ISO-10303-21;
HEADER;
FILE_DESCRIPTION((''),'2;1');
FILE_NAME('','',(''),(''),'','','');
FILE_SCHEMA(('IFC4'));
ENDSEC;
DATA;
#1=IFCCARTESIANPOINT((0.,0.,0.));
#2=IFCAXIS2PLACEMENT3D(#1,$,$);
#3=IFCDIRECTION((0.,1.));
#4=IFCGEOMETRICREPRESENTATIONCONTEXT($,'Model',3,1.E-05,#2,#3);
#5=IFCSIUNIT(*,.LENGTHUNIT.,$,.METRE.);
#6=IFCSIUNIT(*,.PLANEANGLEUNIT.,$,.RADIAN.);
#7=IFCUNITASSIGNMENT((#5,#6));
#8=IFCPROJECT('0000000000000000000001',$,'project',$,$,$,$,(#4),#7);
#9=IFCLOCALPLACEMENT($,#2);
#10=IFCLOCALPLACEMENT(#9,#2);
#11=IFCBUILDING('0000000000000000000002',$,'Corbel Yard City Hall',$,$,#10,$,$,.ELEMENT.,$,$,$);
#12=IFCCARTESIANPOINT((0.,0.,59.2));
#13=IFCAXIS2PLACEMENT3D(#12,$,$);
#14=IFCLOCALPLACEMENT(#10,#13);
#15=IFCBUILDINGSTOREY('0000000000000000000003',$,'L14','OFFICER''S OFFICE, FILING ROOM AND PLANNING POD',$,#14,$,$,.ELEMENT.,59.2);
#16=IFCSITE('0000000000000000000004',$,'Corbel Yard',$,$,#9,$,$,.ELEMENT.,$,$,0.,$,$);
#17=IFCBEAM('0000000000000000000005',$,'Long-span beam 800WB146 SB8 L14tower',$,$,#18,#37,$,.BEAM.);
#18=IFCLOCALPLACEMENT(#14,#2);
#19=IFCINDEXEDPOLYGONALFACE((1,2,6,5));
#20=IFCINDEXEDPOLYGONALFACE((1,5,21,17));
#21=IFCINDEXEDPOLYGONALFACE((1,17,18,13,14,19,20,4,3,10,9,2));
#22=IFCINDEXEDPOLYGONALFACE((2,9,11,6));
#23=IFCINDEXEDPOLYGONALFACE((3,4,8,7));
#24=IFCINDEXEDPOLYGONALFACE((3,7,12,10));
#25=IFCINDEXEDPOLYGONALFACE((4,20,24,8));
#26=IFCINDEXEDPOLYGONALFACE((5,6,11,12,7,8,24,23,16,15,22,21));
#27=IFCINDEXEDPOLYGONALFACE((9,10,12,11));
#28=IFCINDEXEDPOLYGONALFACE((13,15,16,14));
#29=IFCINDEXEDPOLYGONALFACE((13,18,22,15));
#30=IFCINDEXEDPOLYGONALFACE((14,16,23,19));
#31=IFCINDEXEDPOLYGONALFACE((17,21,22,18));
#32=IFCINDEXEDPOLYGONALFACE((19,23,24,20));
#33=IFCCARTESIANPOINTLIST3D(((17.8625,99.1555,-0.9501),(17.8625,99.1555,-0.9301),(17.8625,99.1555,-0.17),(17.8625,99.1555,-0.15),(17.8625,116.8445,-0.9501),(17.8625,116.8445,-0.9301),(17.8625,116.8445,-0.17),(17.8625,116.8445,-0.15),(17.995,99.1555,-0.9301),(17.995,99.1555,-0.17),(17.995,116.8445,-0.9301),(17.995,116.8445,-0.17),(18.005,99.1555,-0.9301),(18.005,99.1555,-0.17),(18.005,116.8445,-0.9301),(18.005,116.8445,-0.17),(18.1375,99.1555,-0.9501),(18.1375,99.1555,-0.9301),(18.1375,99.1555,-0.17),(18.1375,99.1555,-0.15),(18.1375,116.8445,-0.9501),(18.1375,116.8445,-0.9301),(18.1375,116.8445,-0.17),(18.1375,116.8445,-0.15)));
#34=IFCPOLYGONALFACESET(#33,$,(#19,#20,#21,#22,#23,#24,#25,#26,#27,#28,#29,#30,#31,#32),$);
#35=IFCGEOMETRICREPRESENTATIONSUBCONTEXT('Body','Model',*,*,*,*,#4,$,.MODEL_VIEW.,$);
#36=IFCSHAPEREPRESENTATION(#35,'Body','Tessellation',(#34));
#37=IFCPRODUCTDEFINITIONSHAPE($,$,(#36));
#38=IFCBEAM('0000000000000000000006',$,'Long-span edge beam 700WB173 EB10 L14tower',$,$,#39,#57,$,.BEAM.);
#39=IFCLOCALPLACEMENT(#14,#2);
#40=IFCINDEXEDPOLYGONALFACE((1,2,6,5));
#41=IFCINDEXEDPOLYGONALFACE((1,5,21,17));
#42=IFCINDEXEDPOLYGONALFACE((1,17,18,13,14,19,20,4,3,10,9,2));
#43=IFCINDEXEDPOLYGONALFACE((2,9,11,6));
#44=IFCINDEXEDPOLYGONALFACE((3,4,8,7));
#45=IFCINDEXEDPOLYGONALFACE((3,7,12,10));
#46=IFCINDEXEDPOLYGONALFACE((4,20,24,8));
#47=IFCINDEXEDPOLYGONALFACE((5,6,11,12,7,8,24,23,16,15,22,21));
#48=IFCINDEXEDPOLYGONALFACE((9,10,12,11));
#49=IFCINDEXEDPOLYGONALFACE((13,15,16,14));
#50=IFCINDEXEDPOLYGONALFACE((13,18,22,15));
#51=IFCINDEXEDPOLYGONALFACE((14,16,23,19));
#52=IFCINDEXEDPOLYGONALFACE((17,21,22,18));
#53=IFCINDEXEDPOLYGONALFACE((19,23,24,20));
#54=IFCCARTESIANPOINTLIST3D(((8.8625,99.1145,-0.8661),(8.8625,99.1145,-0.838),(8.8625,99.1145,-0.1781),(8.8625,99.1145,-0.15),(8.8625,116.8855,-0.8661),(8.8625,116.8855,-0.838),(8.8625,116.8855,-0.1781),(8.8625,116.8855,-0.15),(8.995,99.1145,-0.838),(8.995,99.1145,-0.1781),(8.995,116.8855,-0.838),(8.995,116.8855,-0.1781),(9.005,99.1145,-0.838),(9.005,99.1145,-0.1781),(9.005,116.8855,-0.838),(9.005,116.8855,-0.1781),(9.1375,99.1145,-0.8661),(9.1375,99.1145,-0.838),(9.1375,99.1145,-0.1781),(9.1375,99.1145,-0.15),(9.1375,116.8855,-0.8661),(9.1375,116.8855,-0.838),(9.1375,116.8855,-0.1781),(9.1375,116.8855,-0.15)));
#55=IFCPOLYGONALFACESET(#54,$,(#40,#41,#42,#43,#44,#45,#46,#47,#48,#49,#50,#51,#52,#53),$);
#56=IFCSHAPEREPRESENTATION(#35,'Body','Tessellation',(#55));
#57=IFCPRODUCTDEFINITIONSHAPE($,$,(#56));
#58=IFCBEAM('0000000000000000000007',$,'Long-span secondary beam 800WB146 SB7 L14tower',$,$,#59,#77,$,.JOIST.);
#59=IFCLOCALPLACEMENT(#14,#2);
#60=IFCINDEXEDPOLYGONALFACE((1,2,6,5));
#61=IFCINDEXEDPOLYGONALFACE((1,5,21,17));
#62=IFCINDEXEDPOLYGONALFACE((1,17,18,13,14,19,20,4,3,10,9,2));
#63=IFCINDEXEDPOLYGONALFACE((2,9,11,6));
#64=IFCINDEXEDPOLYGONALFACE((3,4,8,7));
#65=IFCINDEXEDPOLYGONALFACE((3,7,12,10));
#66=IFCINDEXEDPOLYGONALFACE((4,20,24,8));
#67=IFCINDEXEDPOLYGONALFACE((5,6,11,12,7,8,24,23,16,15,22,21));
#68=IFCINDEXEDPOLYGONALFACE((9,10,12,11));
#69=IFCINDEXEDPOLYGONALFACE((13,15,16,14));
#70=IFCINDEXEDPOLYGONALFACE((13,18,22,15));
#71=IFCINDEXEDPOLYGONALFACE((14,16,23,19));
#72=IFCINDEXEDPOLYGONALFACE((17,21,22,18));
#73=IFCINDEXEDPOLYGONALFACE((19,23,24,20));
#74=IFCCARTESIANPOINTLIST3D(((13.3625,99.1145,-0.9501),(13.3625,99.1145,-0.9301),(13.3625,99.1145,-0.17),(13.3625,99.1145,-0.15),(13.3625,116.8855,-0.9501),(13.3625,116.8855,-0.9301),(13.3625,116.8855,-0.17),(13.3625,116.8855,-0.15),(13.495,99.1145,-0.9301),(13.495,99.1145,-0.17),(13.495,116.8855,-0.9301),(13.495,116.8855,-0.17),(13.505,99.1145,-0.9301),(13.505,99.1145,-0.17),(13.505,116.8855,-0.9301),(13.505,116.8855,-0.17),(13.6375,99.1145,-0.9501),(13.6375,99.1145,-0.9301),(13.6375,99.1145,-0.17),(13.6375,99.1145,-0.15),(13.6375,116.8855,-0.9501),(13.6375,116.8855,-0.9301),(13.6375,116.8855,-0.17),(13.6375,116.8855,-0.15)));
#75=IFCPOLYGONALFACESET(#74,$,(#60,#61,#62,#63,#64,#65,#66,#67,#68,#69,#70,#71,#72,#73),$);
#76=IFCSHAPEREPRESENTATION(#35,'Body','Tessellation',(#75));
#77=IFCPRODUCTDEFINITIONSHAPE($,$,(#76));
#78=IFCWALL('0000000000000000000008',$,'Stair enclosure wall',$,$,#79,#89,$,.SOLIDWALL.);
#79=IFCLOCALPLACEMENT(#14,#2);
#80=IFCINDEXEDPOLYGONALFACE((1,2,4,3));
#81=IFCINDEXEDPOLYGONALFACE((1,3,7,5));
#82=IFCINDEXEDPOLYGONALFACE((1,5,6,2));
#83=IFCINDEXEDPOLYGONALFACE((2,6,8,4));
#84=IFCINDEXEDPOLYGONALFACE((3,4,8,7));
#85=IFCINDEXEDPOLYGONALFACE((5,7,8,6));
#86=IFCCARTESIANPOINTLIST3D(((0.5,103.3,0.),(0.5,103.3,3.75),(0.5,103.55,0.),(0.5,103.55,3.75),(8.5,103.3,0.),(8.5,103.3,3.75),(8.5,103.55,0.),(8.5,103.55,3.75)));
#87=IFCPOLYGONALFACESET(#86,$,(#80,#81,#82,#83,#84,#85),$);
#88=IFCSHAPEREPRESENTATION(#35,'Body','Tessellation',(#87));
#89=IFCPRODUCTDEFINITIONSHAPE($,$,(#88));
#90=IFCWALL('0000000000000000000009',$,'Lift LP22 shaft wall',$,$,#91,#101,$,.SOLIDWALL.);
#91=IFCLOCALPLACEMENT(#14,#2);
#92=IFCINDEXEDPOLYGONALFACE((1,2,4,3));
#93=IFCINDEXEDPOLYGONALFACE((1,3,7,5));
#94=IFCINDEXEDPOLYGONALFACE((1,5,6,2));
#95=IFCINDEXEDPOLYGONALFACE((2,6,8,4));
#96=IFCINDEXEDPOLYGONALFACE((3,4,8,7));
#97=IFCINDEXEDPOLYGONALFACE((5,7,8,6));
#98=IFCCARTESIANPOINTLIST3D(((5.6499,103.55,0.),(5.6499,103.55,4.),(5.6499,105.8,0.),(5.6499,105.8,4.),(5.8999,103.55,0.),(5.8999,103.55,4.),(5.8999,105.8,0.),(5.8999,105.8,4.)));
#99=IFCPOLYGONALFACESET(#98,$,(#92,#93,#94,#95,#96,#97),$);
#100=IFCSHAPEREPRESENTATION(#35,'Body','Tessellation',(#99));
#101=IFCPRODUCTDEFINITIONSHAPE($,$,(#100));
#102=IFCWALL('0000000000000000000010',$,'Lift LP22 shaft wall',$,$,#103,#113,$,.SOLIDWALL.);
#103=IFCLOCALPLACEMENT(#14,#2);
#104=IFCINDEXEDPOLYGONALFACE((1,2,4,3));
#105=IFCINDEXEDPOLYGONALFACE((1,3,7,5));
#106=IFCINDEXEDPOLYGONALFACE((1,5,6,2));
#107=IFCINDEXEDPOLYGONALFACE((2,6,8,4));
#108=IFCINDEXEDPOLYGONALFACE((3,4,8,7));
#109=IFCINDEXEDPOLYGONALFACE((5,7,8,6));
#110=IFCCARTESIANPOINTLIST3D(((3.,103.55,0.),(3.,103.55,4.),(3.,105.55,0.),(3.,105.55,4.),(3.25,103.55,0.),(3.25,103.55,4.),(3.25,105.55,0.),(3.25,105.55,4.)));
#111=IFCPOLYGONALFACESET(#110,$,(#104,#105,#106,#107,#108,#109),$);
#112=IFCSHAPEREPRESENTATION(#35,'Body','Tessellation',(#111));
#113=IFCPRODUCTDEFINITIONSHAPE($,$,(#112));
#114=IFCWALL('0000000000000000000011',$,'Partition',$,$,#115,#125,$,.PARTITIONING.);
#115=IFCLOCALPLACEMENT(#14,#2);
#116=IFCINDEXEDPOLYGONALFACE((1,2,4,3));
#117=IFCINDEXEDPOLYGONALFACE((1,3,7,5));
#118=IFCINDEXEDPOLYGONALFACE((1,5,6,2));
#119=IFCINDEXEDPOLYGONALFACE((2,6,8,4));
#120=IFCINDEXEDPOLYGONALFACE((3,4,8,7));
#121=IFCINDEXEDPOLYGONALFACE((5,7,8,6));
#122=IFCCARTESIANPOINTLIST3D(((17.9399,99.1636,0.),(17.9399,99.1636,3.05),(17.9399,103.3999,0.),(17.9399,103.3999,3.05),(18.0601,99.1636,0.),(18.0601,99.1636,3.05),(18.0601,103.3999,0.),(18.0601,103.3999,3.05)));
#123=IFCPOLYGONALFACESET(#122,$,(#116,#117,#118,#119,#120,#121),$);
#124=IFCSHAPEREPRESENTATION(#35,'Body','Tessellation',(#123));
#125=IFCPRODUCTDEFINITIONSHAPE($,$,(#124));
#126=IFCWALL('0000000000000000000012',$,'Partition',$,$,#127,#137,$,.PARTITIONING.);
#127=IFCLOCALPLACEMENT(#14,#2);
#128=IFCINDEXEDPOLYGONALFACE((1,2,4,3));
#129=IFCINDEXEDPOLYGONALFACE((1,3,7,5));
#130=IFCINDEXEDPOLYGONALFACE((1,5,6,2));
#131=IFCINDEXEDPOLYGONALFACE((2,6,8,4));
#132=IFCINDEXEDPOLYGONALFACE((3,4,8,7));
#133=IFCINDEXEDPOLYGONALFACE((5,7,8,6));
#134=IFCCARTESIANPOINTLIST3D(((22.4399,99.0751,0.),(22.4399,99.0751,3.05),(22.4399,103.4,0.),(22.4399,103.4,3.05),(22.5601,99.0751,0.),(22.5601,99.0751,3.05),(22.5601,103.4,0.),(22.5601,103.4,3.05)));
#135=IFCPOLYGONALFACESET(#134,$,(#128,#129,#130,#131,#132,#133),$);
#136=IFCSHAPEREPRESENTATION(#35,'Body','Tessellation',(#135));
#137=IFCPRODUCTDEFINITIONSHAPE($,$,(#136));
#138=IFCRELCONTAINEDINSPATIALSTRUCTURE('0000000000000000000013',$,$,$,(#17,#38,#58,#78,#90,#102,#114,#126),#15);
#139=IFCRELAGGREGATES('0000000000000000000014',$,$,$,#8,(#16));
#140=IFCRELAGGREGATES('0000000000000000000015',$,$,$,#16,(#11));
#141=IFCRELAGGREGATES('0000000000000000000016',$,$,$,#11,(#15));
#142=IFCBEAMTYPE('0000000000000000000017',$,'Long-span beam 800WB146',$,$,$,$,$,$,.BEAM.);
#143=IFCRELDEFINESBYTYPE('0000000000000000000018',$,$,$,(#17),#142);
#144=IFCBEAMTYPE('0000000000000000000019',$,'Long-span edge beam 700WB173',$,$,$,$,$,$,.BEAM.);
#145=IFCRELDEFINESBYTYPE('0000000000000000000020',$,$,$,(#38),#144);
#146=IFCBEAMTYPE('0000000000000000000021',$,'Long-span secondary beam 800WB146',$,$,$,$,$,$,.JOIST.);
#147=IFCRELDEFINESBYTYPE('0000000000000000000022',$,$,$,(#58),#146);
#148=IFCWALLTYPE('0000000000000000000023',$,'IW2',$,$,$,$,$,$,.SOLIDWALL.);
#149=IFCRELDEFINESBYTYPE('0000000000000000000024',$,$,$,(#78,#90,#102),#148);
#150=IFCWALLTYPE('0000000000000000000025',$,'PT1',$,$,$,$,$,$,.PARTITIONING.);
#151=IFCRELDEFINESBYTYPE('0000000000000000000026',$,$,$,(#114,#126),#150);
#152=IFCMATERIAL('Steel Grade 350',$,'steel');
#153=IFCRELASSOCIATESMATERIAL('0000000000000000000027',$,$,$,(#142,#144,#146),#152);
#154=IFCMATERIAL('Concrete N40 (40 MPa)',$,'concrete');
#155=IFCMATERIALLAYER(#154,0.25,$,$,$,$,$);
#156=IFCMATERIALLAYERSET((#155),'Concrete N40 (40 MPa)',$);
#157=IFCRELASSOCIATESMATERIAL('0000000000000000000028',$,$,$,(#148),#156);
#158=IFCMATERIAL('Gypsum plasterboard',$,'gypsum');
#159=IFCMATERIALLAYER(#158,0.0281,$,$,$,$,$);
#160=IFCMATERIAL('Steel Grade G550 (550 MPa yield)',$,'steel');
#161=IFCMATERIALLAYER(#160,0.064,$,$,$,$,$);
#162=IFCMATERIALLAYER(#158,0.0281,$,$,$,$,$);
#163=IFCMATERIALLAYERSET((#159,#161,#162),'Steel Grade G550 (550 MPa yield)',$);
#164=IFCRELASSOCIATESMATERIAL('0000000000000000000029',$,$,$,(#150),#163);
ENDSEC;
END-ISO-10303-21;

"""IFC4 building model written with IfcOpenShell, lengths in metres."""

from ifc_helpers import new_model, si_unit, direction, frame, frame_2d, origin, origin_2d, place, context, subcontext, project, spatial, rectangle, i_section, extrude, material, layer, layer_set, material_profile, profile_set, type_object, element, save


model = new_model("IFC4")

# Units and contexts
model_context = context("Model", 3, precision=1e-05, world=origin(), true_north=direction((0.0, 1.0)))
body_context = subcontext(model_context, "Body", "Model", "MODEL_VIEW")
ifc_project = project(units=[si_unit("LENGTHUNIT", "METRE"), si_unit("PLANEANGLEUNIT", "RADIAN")], contexts=[model_context])

# Site, building, storey
site_placement = place(None, origin())
site = spatial("IfcSite", under=ifc_project, at=site_placement, Name="Corbel Yard", CompositionType="ELEMENT", RefElevation=0.0)
building_placement = place(site_placement, origin())
building = spatial("IfcBuilding", under=site, at=building_placement, Name="Corbel Yard City Hall", CompositionType="ELEMENT")
storey_placement = place(building_placement, frame((0.0, 0.0, 59.2)))
storey = spatial("IfcBuildingStorey", under=building, at=storey_placement, Name="L14", Description="OFFICER'S OFFICE, FILING ROOM AND PLANNING POD", CompositionType="ELEMENT", Elevation=59.2)

# Beams
ifc_material_1 = material(Name="Steel Grade 350", Category="steel")
ifc_material_profile_1 = material_profile(ifc_material_1, i_section(OverallWidth=0.2749, OverallDepth=0.8, WebThickness=0.01, FlangeThickness=0.02, at=origin_2d()), Name="800WB146")
ifc_profile_set_1 = profile_set([ifc_material_profile_1], Name="Steel Grade 350")
beam_type_1 = type_object("IfcBeamType", Name="Long-span beam 800WB146", PredefinedType="BEAM", material=ifc_profile_set_1)
beam_1_placement = place(storey_placement, frame((18.0, 99.1555, -0.55), z_axis=(0.0, 1.0, 0.0), x_axis=(-1.0, 0.0, 0.0)))
element("IfcBeam", 1, at=beam_1_placement, inside=storey, type_object=beam_type_1, Name="Long-span beam 800WB146 SB8 L14tower", PredefinedType="BEAM", context=body_context, shape_type="SweptSolid", body=[
    extrude(i_section(OverallWidth=0.2749, OverallDepth=0.8, WebThickness=0.01, FlangeThickness=0.02, at=origin_2d()), origin(), (0.0, 0.0, 1.0), 17.689),
])
ifc_material_profile_2 = material_profile(ifc_material_1, i_section(OverallWidth=0.2749, OverallDepth=0.7161, WebThickness=0.01, FlangeThickness=0.0281, at=origin_2d()), Name="700WB173")
ifc_profile_set_2 = profile_set([ifc_material_profile_2], Name="Steel Grade 350")
beam_type_2 = type_object("IfcBeamType", Name="Long-span edge beam 700WB173", PredefinedType="BEAM", material=ifc_profile_set_2)
beam_2_placement = place(storey_placement, frame((9.0, 99.1145, -0.5081), z_axis=(0.0, 1.0, 0.0), x_axis=(-1.0, 0.0, 0.0)))
element("IfcBeam", 2, at=beam_2_placement, inside=storey, type_object=beam_type_2, Name="Long-span edge beam 700WB173 EB10 L14tower", PredefinedType="BEAM", context=body_context, shape_type="SweptSolid", body=[
    extrude(i_section(OverallWidth=0.2749, OverallDepth=0.7161, WebThickness=0.01, FlangeThickness=0.0281, at=origin_2d()), origin(), (0.0, 0.0, 1.0), 17.771),
])
ifc_material_profile_3 = material_profile(ifc_material_1, i_section(OverallWidth=0.2749, OverallDepth=0.8, WebThickness=0.01, FlangeThickness=0.02, at=origin_2d()), Name="800WB146")
ifc_profile_set_3 = profile_set([ifc_material_profile_3], Name="Steel Grade 350")
beam_type_3 = type_object("IfcBeamType", Name="Long-span secondary beam 800WB146", PredefinedType="JOIST", material=ifc_profile_set_3)
beam_3_placement = place(storey_placement, frame((13.5, 99.1145, -0.55), z_axis=(0.0, 1.0, 0.0), x_axis=(-1.0, 0.0, 0.0)))
element("IfcBeam", 3, at=beam_3_placement, inside=storey, type_object=beam_type_3, Name="Long-span secondary beam 800WB146 SB7 L14tower", PredefinedType="JOIST", context=body_context, shape_type="SweptSolid", body=[
    extrude(i_section(OverallWidth=0.2749, OverallDepth=0.8, WebThickness=0.01, FlangeThickness=0.02, at=origin_2d()), origin(), (0.0, 0.0, 1.0), 17.771),
])

# Walls
ifc_material_2 = material(Name="Concrete N40 (40 MPa)", Category="concrete")
ifc_layer_1 = layer(ifc_material_2, 0.25)
ifc_layer_set_1 = layer_set([ifc_layer_1], Name="Concrete N40 (40 MPa)")
wall_type_1 = type_object("IfcWallType", Name="IW2", PredefinedType="SOLIDWALL", material=ifc_layer_set_1)
wall_1_placement = place(storey_placement, frame((8.5, 103.425, 0.0), z_axis=(0.0, 0.0, 1.0), x_axis=(-1.0, 0.0, 0.0)))
element("IfcWall", 4, at=wall_1_placement, inside=storey, type_object=wall_type_1, Name="Stair enclosure wall", PredefinedType="SOLIDWALL", context=body_context, shape_type="SweptSolid", body=[
    extrude(rectangle(XDim=8.0, YDim=0.25, at=frame_2d((4.0, 0.0))), origin(), (0.0, 0.0, 1.0), 3.75),
])
wall_2_placement = place(storey_placement, frame((5.7749, 103.55, 0.0), z_axis=(0.0, 0.0, 1.0), x_axis=(0.0, 1.0, 0.0)))
element("IfcWall", 5, at=wall_2_placement, inside=storey, type_object=wall_type_1, Name="Lift LP22 shaft wall", PredefinedType="SOLIDWALL", context=body_context, shape_type="SweptSolid", body=[
    extrude(rectangle(XDim=2.25, YDim=0.25, at=frame_2d((1.125, 0.0))), origin(), (0.0, 0.0, 1.0), 4.0),
])
wall_3_placement = place(storey_placement, frame((3.125, 103.55, 0.0), z_axis=(0.0, 0.0, 1.0), x_axis=(0.0, 1.0, 0.0)))
element("IfcWall", 6, at=wall_3_placement, inside=storey, type_object=wall_type_1, Name="Lift LP22 shaft wall", PredefinedType="SOLIDWALL", context=body_context, shape_type="SweptSolid", body=[
    extrude(rectangle(XDim=2.0, YDim=0.25, at=frame_2d((1.0, 0.0))), origin(), (0.0, 0.0, 1.0), 4.0),
])
ifc_material_3 = material(Name="Gypsum plasterboard", Category="gypsum")
ifc_layer_2 = layer(ifc_material_3, 0.0281)
ifc_material_4 = material(Name="Steel Grade G550 (550 MPa yield)", Category="steel")
ifc_layer_3 = layer(ifc_material_4, 0.064)
ifc_layer_4 = layer(ifc_material_3, 0.0281)
ifc_layer_set_2 = layer_set([ifc_layer_2, ifc_layer_3, ifc_layer_4], Name="Steel Grade G550 (550 MPa yield)")
wall_type_2 = type_object("IfcWallType", Name="PT1", PredefinedType="PARTITIONING", material=ifc_layer_set_2)
wall_4_placement = place(storey_placement, frame((18.0, 99.1636, 0.0), z_axis=(0.0, 0.0, 1.0), x_axis=(0.0, 1.0, 0.0)))
element("IfcWall", 7, at=wall_4_placement, inside=storey, type_object=wall_type_2, Name="Partition", PredefinedType="PARTITIONING", context=body_context, shape_type="SweptSolid", body=[
    extrude(rectangle(XDim=4.2363, YDim=0.1201, at=frame_2d((2.1182, 0.0))), origin(), (0.0, 0.0, 1.0), 3.05),
])
wall_5_placement = place(storey_placement, frame((22.5, 99.075, 0.0), z_axis=(0.0, 0.0, 1.0), x_axis=(0.0, 1.0, 0.0)))
element("IfcWall", 8, at=wall_5_placement, inside=storey, type_object=wall_type_2, Name="Partition", PredefinedType="PARTITIONING", context=body_context, shape_type="SweptSolid", body=[
    extrude(rectangle(XDim=4.325, YDim=0.1201, at=frame_2d((2.1626, 0.0))), origin(), (0.0, 0.0, 1.0), 3.05),
])

save(model, "model.ifc")
